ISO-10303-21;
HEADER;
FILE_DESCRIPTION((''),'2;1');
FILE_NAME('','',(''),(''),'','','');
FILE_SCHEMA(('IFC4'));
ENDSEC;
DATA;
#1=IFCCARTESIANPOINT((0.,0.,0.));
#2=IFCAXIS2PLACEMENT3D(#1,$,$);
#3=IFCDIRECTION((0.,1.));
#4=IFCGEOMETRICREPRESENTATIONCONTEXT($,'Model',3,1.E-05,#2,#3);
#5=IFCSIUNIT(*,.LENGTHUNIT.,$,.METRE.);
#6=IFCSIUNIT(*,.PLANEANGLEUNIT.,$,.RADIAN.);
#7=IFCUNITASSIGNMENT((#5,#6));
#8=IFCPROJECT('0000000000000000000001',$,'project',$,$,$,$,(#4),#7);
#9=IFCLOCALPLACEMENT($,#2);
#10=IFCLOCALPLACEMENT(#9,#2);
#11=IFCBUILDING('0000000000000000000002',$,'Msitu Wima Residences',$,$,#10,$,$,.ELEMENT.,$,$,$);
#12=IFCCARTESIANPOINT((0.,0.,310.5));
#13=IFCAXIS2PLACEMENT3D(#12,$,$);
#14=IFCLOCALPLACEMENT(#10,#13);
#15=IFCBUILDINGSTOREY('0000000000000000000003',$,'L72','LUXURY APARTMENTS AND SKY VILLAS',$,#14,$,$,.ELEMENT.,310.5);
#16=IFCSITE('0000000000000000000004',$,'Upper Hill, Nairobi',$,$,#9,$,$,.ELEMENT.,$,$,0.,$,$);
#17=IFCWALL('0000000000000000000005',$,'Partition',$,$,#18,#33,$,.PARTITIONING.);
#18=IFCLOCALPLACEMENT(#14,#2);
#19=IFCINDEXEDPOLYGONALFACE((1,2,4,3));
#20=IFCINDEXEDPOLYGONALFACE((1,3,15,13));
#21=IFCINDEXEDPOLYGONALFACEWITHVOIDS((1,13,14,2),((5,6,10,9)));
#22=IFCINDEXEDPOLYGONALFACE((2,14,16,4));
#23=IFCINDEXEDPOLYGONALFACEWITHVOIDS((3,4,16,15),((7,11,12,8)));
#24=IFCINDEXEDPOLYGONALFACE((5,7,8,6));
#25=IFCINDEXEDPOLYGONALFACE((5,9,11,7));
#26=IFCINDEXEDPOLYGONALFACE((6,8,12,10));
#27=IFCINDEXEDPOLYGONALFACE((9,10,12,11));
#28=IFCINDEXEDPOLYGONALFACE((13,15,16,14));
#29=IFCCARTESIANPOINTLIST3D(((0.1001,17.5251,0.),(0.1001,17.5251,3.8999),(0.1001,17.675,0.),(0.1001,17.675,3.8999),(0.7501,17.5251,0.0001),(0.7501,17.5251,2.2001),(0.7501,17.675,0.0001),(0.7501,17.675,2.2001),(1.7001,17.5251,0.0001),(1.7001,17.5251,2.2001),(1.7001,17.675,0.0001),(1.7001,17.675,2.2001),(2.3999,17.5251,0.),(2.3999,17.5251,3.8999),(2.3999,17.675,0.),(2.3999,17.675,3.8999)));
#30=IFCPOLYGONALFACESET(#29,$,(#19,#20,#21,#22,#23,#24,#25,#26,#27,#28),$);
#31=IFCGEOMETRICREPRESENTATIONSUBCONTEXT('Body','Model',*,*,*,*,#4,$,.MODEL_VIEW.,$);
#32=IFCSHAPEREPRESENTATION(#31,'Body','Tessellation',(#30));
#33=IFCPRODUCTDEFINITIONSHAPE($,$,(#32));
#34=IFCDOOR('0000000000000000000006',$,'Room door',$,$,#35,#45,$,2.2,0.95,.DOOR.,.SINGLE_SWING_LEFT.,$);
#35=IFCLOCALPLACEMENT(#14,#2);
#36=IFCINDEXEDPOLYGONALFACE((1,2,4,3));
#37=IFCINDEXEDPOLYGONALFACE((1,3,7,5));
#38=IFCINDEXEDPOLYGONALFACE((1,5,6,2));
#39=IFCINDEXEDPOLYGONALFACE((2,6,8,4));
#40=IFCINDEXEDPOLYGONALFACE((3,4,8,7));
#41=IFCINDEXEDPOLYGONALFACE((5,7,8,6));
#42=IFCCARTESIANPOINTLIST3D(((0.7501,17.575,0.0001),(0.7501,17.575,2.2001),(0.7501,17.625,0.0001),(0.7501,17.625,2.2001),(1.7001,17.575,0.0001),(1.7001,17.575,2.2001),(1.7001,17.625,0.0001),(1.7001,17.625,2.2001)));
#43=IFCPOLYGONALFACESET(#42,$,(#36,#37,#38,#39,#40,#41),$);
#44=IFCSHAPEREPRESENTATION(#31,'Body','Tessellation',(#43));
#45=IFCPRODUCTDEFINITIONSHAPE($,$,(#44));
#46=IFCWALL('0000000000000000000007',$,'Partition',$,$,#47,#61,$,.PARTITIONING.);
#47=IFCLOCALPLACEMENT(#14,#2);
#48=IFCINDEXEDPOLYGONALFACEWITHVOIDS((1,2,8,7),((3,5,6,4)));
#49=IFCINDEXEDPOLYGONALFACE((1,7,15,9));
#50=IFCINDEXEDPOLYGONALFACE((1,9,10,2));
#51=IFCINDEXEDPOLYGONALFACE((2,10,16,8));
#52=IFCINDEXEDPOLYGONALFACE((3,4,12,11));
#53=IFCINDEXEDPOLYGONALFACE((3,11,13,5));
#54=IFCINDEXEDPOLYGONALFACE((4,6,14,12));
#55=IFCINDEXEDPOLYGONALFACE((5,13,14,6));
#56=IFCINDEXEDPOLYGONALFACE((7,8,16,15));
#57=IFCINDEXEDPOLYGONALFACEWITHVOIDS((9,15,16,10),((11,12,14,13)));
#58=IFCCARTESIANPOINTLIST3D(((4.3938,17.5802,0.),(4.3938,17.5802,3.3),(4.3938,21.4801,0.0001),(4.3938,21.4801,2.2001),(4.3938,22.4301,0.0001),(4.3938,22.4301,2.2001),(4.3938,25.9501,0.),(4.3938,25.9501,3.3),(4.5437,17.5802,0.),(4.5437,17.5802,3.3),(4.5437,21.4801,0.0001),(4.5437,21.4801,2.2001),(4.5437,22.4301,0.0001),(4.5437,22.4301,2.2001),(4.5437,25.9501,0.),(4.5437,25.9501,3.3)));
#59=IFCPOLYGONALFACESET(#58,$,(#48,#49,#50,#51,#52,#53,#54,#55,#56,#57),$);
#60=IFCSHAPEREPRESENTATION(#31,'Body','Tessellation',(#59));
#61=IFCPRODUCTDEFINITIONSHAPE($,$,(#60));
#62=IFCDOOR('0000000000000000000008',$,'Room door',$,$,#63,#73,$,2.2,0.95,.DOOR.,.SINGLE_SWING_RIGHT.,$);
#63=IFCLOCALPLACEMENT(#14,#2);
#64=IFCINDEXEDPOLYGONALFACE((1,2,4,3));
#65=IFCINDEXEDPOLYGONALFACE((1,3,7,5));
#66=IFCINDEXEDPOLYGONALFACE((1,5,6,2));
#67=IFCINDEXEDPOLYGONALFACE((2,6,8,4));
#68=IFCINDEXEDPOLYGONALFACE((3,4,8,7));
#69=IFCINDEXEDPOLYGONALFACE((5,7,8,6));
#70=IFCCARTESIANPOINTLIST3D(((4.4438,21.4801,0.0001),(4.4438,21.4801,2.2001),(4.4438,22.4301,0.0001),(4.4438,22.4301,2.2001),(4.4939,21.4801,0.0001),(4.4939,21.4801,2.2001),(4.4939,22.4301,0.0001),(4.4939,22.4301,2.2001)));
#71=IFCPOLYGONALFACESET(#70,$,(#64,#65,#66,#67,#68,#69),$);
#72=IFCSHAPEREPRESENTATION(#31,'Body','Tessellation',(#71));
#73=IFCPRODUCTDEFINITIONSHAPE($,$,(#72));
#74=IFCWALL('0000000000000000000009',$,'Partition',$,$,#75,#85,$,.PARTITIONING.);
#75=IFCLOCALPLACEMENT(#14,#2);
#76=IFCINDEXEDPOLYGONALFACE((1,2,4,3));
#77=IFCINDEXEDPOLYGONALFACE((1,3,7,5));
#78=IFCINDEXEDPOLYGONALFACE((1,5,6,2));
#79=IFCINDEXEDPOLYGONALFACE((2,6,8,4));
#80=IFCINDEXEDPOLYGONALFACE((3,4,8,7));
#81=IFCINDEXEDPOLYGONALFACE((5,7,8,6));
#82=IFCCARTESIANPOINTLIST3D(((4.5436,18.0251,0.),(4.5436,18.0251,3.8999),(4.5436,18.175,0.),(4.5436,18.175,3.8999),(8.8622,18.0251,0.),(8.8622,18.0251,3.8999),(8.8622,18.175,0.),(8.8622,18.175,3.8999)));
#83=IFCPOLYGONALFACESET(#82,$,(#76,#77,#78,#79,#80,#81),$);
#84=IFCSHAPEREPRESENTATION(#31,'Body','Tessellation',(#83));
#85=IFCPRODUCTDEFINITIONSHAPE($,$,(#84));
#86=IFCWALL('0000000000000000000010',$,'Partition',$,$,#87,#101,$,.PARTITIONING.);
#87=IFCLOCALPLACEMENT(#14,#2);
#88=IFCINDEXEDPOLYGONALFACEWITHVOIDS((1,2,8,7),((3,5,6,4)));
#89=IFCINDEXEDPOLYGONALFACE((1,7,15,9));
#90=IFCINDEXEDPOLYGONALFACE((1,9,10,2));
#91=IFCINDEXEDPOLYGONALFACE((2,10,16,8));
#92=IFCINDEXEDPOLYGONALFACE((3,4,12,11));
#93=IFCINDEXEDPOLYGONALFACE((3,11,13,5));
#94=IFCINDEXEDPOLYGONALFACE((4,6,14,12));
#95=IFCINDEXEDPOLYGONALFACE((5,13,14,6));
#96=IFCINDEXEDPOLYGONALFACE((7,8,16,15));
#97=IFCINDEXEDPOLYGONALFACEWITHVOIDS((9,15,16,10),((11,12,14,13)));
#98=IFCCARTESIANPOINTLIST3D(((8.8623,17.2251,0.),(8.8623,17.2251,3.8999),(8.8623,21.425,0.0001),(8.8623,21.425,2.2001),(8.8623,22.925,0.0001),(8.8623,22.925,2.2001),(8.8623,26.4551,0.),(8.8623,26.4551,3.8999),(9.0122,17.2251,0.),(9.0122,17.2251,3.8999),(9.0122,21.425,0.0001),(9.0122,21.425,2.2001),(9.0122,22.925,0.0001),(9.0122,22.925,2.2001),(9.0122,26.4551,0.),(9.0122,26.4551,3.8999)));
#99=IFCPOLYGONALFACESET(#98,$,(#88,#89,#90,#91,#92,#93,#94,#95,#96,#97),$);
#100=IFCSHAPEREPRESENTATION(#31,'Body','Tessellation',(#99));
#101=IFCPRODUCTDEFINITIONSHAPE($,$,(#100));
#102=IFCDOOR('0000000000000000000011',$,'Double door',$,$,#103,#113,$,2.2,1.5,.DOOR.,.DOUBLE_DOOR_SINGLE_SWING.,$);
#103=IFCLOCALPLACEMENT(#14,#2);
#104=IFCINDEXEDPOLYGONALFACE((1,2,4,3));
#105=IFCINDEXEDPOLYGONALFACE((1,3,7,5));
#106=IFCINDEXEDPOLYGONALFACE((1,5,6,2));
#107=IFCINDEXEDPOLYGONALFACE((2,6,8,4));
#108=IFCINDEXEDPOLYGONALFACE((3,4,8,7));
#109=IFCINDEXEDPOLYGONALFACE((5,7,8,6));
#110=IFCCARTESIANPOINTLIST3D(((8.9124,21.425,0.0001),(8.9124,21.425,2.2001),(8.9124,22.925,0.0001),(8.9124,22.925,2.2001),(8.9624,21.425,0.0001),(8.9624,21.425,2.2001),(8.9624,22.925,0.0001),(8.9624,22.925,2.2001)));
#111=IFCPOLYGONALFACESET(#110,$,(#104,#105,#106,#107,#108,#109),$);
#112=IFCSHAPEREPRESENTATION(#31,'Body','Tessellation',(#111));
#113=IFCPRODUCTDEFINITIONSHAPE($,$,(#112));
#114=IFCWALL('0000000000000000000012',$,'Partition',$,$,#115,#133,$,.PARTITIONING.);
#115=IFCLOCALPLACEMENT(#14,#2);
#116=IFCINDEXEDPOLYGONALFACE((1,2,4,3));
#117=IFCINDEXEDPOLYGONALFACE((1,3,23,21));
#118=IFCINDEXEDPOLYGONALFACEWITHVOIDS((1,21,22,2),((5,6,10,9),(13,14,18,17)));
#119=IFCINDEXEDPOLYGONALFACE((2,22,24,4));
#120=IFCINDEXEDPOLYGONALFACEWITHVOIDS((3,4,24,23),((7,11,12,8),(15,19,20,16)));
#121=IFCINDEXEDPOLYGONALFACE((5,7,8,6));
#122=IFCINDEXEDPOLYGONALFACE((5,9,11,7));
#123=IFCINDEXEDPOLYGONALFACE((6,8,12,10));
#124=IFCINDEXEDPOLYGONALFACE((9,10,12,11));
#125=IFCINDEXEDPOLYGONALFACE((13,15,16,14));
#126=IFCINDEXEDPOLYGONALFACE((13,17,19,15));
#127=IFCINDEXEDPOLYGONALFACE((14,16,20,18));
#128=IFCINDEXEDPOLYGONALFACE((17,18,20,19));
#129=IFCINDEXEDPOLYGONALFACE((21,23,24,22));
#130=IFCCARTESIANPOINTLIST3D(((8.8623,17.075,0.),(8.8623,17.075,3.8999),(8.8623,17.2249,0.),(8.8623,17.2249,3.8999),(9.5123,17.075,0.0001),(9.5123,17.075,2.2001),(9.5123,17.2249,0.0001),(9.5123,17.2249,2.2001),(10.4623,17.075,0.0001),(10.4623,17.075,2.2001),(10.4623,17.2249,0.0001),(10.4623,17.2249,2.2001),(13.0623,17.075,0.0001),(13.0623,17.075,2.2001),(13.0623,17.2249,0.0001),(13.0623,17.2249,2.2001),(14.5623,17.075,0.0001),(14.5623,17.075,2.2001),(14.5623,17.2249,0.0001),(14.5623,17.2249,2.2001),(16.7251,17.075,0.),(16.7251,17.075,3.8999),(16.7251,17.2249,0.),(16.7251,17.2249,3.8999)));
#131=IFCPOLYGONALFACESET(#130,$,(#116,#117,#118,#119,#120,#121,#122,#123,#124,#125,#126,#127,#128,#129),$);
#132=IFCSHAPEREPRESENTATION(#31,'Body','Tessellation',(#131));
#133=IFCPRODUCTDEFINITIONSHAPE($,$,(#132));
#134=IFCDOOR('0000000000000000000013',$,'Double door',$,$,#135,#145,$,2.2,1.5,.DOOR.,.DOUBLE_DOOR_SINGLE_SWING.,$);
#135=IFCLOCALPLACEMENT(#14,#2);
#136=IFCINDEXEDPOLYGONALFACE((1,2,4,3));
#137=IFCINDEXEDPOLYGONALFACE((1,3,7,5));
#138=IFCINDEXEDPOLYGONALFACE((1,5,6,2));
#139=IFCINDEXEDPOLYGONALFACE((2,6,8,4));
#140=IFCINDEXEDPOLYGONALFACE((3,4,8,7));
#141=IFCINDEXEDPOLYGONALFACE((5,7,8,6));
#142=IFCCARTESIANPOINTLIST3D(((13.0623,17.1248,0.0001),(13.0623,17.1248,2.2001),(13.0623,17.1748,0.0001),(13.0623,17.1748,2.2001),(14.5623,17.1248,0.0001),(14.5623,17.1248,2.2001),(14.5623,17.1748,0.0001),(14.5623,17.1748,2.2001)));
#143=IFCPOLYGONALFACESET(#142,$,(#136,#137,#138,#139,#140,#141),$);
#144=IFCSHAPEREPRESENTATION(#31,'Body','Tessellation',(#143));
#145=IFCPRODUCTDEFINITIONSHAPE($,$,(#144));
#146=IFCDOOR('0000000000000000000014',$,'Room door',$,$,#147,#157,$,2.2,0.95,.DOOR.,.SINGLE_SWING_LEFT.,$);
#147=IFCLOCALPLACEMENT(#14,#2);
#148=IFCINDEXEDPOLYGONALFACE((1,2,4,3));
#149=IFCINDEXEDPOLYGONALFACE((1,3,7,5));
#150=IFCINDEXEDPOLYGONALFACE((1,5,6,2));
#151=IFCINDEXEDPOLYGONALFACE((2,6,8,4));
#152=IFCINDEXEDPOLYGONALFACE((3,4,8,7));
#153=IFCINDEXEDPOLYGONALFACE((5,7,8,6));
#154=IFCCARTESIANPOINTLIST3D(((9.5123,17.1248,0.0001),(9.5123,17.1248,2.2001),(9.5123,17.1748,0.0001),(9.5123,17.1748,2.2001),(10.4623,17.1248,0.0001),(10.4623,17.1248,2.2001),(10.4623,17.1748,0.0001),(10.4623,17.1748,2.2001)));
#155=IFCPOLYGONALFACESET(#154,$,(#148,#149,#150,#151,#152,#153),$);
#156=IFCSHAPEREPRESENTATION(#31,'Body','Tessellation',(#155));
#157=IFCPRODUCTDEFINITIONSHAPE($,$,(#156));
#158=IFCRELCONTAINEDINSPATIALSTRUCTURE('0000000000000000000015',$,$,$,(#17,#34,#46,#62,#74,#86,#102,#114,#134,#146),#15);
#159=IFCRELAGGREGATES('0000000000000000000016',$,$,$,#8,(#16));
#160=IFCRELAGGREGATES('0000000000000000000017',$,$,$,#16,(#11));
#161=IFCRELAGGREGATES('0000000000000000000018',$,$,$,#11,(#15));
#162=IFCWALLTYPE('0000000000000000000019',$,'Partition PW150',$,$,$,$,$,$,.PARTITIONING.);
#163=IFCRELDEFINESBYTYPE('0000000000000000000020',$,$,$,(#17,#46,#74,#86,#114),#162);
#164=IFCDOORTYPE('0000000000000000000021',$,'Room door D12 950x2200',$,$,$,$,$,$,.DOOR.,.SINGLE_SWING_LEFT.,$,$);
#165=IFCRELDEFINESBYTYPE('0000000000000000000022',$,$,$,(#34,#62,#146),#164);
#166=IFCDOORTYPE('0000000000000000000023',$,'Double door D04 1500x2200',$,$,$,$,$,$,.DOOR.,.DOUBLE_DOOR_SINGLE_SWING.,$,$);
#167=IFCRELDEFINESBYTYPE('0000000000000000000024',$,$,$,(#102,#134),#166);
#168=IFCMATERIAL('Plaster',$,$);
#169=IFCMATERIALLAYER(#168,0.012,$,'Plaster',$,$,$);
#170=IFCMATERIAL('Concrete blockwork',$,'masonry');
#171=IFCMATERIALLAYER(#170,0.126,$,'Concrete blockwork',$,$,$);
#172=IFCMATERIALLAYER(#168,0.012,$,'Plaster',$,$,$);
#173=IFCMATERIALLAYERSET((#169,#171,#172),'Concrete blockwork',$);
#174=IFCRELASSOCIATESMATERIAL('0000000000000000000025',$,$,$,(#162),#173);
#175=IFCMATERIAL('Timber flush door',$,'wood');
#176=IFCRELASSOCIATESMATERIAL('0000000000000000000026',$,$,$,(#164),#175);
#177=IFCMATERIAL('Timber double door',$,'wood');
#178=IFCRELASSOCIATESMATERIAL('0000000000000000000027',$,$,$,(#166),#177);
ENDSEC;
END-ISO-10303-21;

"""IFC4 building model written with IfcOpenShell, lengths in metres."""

from ifc_helpers import new_model, si_unit, direction, frame, frame_2d, origin, place, context, subcontext, project, spatial, rectangle, extrude, material, layer, layer_set, type_object, element, fill, save


model = new_model("IFC4")

# Units and contexts
model_context = context("Model", 3, precision=1e-05, world=origin(), true_north=direction((0.0, 1.0)))
body_context = subcontext(model_context, "Body", "Model", "MODEL_VIEW")
ifc_project = project(units=[si_unit("LENGTHUNIT", "METRE"), si_unit("PLANEANGLEUNIT", "RADIAN")], contexts=[model_context])

# Site, building, storey
site_placement = place(None, origin())
site = spatial("IfcSite", under=ifc_project, at=site_placement, Name="Upper Hill, Nairobi", CompositionType="ELEMENT", RefElevation=0.0)
building_placement = place(site_placement, origin())
building = spatial("IfcBuilding", under=site, at=building_placement, Name="Msitu Wima Residences", CompositionType="ELEMENT")
storey_placement = place(building_placement, frame((0.0, 0.0, 310.5)))
storey = spatial("IfcBuildingStorey", under=building, at=storey_placement, Name="L72", Description="LUXURY APARTMENTS AND SKY VILLAS", CompositionType="ELEMENT", Elevation=310.5)

# Walls, openings, doors
ifc_material_1 = material(Name="Plaster")
ifc_layer_1 = layer(ifc_material_1, 0.012, Name="Plaster")
ifc_material_2 = material(Name="Concrete blockwork", Category="masonry")
ifc_layer_2 = layer(ifc_material_2, 0.126, Name="Concrete blockwork")
ifc_layer_3 = layer(ifc_material_1, 0.012, Name="Plaster")
ifc_layer_set_1 = layer_set([ifc_layer_1, ifc_layer_2, ifc_layer_3], Name="Concrete blockwork")
wall_type_1 = type_object("IfcWallType", Name="Partition PW150", PredefinedType="PARTITIONING", material=ifc_layer_set_1)
wall_1_placement = place(storey_placement, frame((0.1001, 17.6001, 0.0), z_axis=(0.0, 0.0, 1.0), x_axis=(1.0, 0.0, 0.0)))
wall_1 = element("IfcWall", 1, at=wall_1_placement, inside=storey, type_object=wall_type_1, Name="Partition", PredefinedType="PARTITIONING", context=body_context, shape_type="SweptSolid", body=[
    extrude(rectangle(XDim=2.2998, YDim=0.1499, at=frame_2d((1.1499, 0.0))), origin(), (0.0, 0.0, 1.0), 3.8999),
])
opening_1_placement = place(wall_1_placement, frame((0.6499, 0.0, 0.0)))
opening_1 = element("IfcOpeningElement", 2, at=opening_1_placement, cuts=wall_1, PredefinedType="OPENING", context=body_context, shape_type="SweptSolid", body=[
    extrude(rectangle(XDim=0.95, YDim=2.2, at=frame_2d((0.4751, 1.1001))), frame((0.0, 0.085, 0.0), z_axis=(0.0, -1.0, 0.0), x_axis=(1.0, 0.0, 0.0)), (0.0, 0.0, 1.0), 0.1699),
])
ifc_material_3 = material(Name="Timber flush door", Category="wood")
door_type_1 = type_object("IfcDoorType", Name="Room door D12 950x2200", OperationType="SINGLE_SWING_LEFT", PredefinedType="DOOR", material=ifc_material_3)
door_1_placement = place(opening_1_placement, origin())
door_1 = element("IfcDoor", 3, at=door_1_placement, inside=storey, type_object=door_type_1, Name="Room door", OperationType="SINGLE_SWING_LEFT", OverallHeight=2.2, OverallWidth=0.95, PredefinedType="DOOR", context=body_context, shape_type="SweptSolid", body=[
    extrude(rectangle(XDim=0.95, YDim=2.2, at=frame_2d((0.4751, 1.1001))), frame((0.0, 0.0249, 0.0), z_axis=(0.0, -1.0, 0.0), x_axis=(1.0, 0.0, 0.0)), (0.0, 0.0, 1.0), 0.05),
])
fill(opening_1, door_1)
wall_2_placement = place(storey_placement, frame((4.4688, 17.5801, 0.0), z_axis=(0.0, 0.0, 1.0), x_axis=(0.0, 1.0, 0.0)))
wall_2 = element("IfcWall", 4, at=wall_2_placement, inside=storey, type_object=wall_type_1, Name="Partition", PredefinedType="PARTITIONING", context=body_context, shape_type="SweptSolid", body=[
    extrude(rectangle(XDim=8.3699, YDim=0.1499, at=frame_2d((4.1851, 0.0))), origin(), (0.0, 0.0, 1.0), 3.3),
])
opening_2_placement = place(wall_2_placement, frame((3.8999, 0.0, 0.0)))
opening_2 = element("IfcOpeningElement", 5, at=opening_2_placement, cuts=wall_2, PredefinedType="OPENING", context=body_context, shape_type="SweptSolid", body=[
    extrude(rectangle(XDim=0.95, YDim=2.2, at=frame_2d((0.4751, 1.1001))), frame((0.0, 0.085, 0.0), z_axis=(0.0, -1.0, 0.0), x_axis=(1.0, 0.0, 0.0)), (0.0, 0.0, 1.0), 0.1699),
])
door_2_placement = place(opening_2_placement, origin())
door_2 = element("IfcDoor", 6, at=door_2_placement, inside=storey, type_object=door_type_1, Name="Room door", OperationType="SINGLE_SWING_RIGHT", OverallHeight=2.2, OverallWidth=0.95, PredefinedType="DOOR", context=body_context, shape_type="SweptSolid", body=[
    extrude(rectangle(XDim=0.95, YDim=2.2, at=frame_2d((0.4751, 1.1001))), frame((0.0, 0.0249, 0.0), z_axis=(0.0, -1.0, 0.0), x_axis=(1.0, 0.0, 0.0)), (0.0, 0.0, 1.0), 0.05),
])
fill(opening_2, door_2)

# Wall
wall_3_placement = place(storey_placement, frame((4.5437, 18.1001, 0.0), z_axis=(0.0, 0.0, 1.0), x_axis=(1.0, 0.0, 0.0)))
element("IfcWall", 7, at=wall_3_placement, inside=storey, type_object=wall_type_1, Name="Partition", PredefinedType="PARTITIONING", context=body_context, shape_type="SweptSolid", body=[
    extrude(rectangle(XDim=4.3186, YDim=0.1499, at=frame_2d((2.1592, 0.0))), origin(), (0.0, 0.0, 1.0), 3.8999),
])

# Wall, opening, door
wall_4_placement = place(storey_placement, frame((8.9373, 17.2251, 0.0), z_axis=(0.0, 0.0, 1.0), x_axis=(0.0, 1.0, 0.0)))
wall_4 = element("IfcWall", 8, at=wall_4_placement, inside=storey, type_object=wall_type_1, Name="Partition", PredefinedType="PARTITIONING", context=body_context, shape_type="SweptSolid", body=[
    extrude(rectangle(XDim=9.23, YDim=0.1499, at=frame_2d((4.615, 0.0))), origin(), (0.0, 0.0, 1.0), 3.8999),
])
opening_3_placement = place(wall_4_placement, frame((4.2, 0.0, 0.0)))
opening_3 = element("IfcOpeningElement", 9, at=opening_3_placement, cuts=wall_4, PredefinedType="OPENING", context=body_context, shape_type="SweptSolid", body=[
    extrude(rectangle(XDim=1.5, YDim=2.2, at=frame_2d((0.75, 1.1001))), frame((0.0, 0.085, 0.0), z_axis=(0.0, -1.0, 0.0), x_axis=(1.0, 0.0, 0.0)), (0.0, 0.0, 1.0), 0.1699),
])
ifc_material_4 = material(Name="Timber double door", Category="wood")
door_type_2 = type_object("IfcDoorType", Name="Double door D04 1500x2200", OperationType="DOUBLE_DOOR_SINGLE_SWING", PredefinedType="DOOR", material=ifc_material_4)
door_3_placement = place(opening_3_placement, origin())
door_3 = element("IfcDoor", 10, at=door_3_placement, inside=storey, type_object=door_type_2, Name="Double door", OperationType="DOUBLE_DOOR_SINGLE_SWING", OverallHeight=2.2, OverallWidth=1.5, PredefinedType="DOOR", context=body_context, shape_type="SweptSolid", body=[
    extrude(rectangle(XDim=1.5, YDim=2.2, at=frame_2d((0.75, 1.1001))), frame((0.0, 0.0249, 0.0), z_axis=(0.0, -1.0, 0.0), x_axis=(1.0, 0.0, 0.0)), (0.0, 0.0, 1.0), 0.05),
])
fill(opening_3, door_3)

# Wall, openings, doors
wall_5_placement = place(storey_placement, frame((8.8623, 17.1499, 0.0), z_axis=(0.0, 0.0, 1.0), x_axis=(1.0, 0.0, 0.0)))
wall_5 = element("IfcWall", 11, at=wall_5_placement, inside=storey, type_object=wall_type_1, Name="Partition", PredefinedType="PARTITIONING", context=body_context, shape_type="SweptSolid", body=[
    extrude(rectangle(XDim=7.8628, YDim=0.1499, at=frame_2d((3.9314, 0.0))), origin(), (0.0, 0.0, 1.0), 3.8999),
])
opening_4_placement = place(wall_5_placement, frame((4.2, 0.0, 0.0)))
opening_4 = element("IfcOpeningElement", 12, at=opening_4_placement, cuts=wall_5, PredefinedType="OPENING", context=body_context, shape_type="SweptSolid", body=[
    extrude(rectangle(XDim=1.5, YDim=2.2, at=frame_2d((0.75, 1.1001))), frame((0.0, 0.085, 0.0), z_axis=(0.0, -1.0, 0.0), x_axis=(1.0, 0.0, 0.0)), (0.0, 0.0, 1.0), 0.1699),
])
opening_5_placement = place(wall_5_placement, frame((0.6499, 0.0, 0.0)))
opening_5 = element("IfcOpeningElement", 13, at=opening_5_placement, cuts=wall_5, PredefinedType="OPENING", context=body_context, shape_type="SweptSolid", body=[
    extrude(rectangle(XDim=0.95, YDim=2.2, at=frame_2d((0.4751, 1.1001))), frame((0.0, 0.085, 0.0), z_axis=(0.0, -1.0, 0.0), x_axis=(1.0, 0.0, 0.0)), (0.0, 0.0, 1.0), 0.1699),
])
door_4_placement = place(opening_4_placement, origin())
door_4 = element("IfcDoor", 14, at=door_4_placement, inside=storey, type_object=door_type_2, Name="Double door", OperationType="DOUBLE_DOOR_SINGLE_SWING", OverallHeight=2.2, OverallWidth=1.5, PredefinedType="DOOR", context=body_context, shape_type="SweptSolid", body=[
    extrude(rectangle(XDim=1.5, YDim=2.2, at=frame_2d((0.75, 1.1001))), frame((0.0, 0.0249, 0.0), z_axis=(0.0, -1.0, 0.0), x_axis=(1.0, 0.0, 0.0)), (0.0, 0.0, 1.0), 0.05),
])
fill(opening_4, door_4)
door_5_placement = place(opening_5_placement, origin())
door_5 = element("IfcDoor", 15, at=door_5_placement, inside=storey, type_object=door_type_1, Name="Room door", OperationType="SINGLE_SWING_LEFT", OverallHeight=2.2, OverallWidth=0.95, PredefinedType="DOOR", context=body_context, shape_type="SweptSolid", body=[
    extrude(rectangle(XDim=0.95, YDim=2.2, at=frame_2d((0.4751, 1.1001))), frame((0.0, 0.0249, 0.0), z_axis=(0.0, -1.0, 0.0), x_axis=(1.0, 0.0, 0.0)), (0.0, 0.0, 1.0), 0.05),
])
fill(opening_5, door_5)

save(model, "model.ifc")
